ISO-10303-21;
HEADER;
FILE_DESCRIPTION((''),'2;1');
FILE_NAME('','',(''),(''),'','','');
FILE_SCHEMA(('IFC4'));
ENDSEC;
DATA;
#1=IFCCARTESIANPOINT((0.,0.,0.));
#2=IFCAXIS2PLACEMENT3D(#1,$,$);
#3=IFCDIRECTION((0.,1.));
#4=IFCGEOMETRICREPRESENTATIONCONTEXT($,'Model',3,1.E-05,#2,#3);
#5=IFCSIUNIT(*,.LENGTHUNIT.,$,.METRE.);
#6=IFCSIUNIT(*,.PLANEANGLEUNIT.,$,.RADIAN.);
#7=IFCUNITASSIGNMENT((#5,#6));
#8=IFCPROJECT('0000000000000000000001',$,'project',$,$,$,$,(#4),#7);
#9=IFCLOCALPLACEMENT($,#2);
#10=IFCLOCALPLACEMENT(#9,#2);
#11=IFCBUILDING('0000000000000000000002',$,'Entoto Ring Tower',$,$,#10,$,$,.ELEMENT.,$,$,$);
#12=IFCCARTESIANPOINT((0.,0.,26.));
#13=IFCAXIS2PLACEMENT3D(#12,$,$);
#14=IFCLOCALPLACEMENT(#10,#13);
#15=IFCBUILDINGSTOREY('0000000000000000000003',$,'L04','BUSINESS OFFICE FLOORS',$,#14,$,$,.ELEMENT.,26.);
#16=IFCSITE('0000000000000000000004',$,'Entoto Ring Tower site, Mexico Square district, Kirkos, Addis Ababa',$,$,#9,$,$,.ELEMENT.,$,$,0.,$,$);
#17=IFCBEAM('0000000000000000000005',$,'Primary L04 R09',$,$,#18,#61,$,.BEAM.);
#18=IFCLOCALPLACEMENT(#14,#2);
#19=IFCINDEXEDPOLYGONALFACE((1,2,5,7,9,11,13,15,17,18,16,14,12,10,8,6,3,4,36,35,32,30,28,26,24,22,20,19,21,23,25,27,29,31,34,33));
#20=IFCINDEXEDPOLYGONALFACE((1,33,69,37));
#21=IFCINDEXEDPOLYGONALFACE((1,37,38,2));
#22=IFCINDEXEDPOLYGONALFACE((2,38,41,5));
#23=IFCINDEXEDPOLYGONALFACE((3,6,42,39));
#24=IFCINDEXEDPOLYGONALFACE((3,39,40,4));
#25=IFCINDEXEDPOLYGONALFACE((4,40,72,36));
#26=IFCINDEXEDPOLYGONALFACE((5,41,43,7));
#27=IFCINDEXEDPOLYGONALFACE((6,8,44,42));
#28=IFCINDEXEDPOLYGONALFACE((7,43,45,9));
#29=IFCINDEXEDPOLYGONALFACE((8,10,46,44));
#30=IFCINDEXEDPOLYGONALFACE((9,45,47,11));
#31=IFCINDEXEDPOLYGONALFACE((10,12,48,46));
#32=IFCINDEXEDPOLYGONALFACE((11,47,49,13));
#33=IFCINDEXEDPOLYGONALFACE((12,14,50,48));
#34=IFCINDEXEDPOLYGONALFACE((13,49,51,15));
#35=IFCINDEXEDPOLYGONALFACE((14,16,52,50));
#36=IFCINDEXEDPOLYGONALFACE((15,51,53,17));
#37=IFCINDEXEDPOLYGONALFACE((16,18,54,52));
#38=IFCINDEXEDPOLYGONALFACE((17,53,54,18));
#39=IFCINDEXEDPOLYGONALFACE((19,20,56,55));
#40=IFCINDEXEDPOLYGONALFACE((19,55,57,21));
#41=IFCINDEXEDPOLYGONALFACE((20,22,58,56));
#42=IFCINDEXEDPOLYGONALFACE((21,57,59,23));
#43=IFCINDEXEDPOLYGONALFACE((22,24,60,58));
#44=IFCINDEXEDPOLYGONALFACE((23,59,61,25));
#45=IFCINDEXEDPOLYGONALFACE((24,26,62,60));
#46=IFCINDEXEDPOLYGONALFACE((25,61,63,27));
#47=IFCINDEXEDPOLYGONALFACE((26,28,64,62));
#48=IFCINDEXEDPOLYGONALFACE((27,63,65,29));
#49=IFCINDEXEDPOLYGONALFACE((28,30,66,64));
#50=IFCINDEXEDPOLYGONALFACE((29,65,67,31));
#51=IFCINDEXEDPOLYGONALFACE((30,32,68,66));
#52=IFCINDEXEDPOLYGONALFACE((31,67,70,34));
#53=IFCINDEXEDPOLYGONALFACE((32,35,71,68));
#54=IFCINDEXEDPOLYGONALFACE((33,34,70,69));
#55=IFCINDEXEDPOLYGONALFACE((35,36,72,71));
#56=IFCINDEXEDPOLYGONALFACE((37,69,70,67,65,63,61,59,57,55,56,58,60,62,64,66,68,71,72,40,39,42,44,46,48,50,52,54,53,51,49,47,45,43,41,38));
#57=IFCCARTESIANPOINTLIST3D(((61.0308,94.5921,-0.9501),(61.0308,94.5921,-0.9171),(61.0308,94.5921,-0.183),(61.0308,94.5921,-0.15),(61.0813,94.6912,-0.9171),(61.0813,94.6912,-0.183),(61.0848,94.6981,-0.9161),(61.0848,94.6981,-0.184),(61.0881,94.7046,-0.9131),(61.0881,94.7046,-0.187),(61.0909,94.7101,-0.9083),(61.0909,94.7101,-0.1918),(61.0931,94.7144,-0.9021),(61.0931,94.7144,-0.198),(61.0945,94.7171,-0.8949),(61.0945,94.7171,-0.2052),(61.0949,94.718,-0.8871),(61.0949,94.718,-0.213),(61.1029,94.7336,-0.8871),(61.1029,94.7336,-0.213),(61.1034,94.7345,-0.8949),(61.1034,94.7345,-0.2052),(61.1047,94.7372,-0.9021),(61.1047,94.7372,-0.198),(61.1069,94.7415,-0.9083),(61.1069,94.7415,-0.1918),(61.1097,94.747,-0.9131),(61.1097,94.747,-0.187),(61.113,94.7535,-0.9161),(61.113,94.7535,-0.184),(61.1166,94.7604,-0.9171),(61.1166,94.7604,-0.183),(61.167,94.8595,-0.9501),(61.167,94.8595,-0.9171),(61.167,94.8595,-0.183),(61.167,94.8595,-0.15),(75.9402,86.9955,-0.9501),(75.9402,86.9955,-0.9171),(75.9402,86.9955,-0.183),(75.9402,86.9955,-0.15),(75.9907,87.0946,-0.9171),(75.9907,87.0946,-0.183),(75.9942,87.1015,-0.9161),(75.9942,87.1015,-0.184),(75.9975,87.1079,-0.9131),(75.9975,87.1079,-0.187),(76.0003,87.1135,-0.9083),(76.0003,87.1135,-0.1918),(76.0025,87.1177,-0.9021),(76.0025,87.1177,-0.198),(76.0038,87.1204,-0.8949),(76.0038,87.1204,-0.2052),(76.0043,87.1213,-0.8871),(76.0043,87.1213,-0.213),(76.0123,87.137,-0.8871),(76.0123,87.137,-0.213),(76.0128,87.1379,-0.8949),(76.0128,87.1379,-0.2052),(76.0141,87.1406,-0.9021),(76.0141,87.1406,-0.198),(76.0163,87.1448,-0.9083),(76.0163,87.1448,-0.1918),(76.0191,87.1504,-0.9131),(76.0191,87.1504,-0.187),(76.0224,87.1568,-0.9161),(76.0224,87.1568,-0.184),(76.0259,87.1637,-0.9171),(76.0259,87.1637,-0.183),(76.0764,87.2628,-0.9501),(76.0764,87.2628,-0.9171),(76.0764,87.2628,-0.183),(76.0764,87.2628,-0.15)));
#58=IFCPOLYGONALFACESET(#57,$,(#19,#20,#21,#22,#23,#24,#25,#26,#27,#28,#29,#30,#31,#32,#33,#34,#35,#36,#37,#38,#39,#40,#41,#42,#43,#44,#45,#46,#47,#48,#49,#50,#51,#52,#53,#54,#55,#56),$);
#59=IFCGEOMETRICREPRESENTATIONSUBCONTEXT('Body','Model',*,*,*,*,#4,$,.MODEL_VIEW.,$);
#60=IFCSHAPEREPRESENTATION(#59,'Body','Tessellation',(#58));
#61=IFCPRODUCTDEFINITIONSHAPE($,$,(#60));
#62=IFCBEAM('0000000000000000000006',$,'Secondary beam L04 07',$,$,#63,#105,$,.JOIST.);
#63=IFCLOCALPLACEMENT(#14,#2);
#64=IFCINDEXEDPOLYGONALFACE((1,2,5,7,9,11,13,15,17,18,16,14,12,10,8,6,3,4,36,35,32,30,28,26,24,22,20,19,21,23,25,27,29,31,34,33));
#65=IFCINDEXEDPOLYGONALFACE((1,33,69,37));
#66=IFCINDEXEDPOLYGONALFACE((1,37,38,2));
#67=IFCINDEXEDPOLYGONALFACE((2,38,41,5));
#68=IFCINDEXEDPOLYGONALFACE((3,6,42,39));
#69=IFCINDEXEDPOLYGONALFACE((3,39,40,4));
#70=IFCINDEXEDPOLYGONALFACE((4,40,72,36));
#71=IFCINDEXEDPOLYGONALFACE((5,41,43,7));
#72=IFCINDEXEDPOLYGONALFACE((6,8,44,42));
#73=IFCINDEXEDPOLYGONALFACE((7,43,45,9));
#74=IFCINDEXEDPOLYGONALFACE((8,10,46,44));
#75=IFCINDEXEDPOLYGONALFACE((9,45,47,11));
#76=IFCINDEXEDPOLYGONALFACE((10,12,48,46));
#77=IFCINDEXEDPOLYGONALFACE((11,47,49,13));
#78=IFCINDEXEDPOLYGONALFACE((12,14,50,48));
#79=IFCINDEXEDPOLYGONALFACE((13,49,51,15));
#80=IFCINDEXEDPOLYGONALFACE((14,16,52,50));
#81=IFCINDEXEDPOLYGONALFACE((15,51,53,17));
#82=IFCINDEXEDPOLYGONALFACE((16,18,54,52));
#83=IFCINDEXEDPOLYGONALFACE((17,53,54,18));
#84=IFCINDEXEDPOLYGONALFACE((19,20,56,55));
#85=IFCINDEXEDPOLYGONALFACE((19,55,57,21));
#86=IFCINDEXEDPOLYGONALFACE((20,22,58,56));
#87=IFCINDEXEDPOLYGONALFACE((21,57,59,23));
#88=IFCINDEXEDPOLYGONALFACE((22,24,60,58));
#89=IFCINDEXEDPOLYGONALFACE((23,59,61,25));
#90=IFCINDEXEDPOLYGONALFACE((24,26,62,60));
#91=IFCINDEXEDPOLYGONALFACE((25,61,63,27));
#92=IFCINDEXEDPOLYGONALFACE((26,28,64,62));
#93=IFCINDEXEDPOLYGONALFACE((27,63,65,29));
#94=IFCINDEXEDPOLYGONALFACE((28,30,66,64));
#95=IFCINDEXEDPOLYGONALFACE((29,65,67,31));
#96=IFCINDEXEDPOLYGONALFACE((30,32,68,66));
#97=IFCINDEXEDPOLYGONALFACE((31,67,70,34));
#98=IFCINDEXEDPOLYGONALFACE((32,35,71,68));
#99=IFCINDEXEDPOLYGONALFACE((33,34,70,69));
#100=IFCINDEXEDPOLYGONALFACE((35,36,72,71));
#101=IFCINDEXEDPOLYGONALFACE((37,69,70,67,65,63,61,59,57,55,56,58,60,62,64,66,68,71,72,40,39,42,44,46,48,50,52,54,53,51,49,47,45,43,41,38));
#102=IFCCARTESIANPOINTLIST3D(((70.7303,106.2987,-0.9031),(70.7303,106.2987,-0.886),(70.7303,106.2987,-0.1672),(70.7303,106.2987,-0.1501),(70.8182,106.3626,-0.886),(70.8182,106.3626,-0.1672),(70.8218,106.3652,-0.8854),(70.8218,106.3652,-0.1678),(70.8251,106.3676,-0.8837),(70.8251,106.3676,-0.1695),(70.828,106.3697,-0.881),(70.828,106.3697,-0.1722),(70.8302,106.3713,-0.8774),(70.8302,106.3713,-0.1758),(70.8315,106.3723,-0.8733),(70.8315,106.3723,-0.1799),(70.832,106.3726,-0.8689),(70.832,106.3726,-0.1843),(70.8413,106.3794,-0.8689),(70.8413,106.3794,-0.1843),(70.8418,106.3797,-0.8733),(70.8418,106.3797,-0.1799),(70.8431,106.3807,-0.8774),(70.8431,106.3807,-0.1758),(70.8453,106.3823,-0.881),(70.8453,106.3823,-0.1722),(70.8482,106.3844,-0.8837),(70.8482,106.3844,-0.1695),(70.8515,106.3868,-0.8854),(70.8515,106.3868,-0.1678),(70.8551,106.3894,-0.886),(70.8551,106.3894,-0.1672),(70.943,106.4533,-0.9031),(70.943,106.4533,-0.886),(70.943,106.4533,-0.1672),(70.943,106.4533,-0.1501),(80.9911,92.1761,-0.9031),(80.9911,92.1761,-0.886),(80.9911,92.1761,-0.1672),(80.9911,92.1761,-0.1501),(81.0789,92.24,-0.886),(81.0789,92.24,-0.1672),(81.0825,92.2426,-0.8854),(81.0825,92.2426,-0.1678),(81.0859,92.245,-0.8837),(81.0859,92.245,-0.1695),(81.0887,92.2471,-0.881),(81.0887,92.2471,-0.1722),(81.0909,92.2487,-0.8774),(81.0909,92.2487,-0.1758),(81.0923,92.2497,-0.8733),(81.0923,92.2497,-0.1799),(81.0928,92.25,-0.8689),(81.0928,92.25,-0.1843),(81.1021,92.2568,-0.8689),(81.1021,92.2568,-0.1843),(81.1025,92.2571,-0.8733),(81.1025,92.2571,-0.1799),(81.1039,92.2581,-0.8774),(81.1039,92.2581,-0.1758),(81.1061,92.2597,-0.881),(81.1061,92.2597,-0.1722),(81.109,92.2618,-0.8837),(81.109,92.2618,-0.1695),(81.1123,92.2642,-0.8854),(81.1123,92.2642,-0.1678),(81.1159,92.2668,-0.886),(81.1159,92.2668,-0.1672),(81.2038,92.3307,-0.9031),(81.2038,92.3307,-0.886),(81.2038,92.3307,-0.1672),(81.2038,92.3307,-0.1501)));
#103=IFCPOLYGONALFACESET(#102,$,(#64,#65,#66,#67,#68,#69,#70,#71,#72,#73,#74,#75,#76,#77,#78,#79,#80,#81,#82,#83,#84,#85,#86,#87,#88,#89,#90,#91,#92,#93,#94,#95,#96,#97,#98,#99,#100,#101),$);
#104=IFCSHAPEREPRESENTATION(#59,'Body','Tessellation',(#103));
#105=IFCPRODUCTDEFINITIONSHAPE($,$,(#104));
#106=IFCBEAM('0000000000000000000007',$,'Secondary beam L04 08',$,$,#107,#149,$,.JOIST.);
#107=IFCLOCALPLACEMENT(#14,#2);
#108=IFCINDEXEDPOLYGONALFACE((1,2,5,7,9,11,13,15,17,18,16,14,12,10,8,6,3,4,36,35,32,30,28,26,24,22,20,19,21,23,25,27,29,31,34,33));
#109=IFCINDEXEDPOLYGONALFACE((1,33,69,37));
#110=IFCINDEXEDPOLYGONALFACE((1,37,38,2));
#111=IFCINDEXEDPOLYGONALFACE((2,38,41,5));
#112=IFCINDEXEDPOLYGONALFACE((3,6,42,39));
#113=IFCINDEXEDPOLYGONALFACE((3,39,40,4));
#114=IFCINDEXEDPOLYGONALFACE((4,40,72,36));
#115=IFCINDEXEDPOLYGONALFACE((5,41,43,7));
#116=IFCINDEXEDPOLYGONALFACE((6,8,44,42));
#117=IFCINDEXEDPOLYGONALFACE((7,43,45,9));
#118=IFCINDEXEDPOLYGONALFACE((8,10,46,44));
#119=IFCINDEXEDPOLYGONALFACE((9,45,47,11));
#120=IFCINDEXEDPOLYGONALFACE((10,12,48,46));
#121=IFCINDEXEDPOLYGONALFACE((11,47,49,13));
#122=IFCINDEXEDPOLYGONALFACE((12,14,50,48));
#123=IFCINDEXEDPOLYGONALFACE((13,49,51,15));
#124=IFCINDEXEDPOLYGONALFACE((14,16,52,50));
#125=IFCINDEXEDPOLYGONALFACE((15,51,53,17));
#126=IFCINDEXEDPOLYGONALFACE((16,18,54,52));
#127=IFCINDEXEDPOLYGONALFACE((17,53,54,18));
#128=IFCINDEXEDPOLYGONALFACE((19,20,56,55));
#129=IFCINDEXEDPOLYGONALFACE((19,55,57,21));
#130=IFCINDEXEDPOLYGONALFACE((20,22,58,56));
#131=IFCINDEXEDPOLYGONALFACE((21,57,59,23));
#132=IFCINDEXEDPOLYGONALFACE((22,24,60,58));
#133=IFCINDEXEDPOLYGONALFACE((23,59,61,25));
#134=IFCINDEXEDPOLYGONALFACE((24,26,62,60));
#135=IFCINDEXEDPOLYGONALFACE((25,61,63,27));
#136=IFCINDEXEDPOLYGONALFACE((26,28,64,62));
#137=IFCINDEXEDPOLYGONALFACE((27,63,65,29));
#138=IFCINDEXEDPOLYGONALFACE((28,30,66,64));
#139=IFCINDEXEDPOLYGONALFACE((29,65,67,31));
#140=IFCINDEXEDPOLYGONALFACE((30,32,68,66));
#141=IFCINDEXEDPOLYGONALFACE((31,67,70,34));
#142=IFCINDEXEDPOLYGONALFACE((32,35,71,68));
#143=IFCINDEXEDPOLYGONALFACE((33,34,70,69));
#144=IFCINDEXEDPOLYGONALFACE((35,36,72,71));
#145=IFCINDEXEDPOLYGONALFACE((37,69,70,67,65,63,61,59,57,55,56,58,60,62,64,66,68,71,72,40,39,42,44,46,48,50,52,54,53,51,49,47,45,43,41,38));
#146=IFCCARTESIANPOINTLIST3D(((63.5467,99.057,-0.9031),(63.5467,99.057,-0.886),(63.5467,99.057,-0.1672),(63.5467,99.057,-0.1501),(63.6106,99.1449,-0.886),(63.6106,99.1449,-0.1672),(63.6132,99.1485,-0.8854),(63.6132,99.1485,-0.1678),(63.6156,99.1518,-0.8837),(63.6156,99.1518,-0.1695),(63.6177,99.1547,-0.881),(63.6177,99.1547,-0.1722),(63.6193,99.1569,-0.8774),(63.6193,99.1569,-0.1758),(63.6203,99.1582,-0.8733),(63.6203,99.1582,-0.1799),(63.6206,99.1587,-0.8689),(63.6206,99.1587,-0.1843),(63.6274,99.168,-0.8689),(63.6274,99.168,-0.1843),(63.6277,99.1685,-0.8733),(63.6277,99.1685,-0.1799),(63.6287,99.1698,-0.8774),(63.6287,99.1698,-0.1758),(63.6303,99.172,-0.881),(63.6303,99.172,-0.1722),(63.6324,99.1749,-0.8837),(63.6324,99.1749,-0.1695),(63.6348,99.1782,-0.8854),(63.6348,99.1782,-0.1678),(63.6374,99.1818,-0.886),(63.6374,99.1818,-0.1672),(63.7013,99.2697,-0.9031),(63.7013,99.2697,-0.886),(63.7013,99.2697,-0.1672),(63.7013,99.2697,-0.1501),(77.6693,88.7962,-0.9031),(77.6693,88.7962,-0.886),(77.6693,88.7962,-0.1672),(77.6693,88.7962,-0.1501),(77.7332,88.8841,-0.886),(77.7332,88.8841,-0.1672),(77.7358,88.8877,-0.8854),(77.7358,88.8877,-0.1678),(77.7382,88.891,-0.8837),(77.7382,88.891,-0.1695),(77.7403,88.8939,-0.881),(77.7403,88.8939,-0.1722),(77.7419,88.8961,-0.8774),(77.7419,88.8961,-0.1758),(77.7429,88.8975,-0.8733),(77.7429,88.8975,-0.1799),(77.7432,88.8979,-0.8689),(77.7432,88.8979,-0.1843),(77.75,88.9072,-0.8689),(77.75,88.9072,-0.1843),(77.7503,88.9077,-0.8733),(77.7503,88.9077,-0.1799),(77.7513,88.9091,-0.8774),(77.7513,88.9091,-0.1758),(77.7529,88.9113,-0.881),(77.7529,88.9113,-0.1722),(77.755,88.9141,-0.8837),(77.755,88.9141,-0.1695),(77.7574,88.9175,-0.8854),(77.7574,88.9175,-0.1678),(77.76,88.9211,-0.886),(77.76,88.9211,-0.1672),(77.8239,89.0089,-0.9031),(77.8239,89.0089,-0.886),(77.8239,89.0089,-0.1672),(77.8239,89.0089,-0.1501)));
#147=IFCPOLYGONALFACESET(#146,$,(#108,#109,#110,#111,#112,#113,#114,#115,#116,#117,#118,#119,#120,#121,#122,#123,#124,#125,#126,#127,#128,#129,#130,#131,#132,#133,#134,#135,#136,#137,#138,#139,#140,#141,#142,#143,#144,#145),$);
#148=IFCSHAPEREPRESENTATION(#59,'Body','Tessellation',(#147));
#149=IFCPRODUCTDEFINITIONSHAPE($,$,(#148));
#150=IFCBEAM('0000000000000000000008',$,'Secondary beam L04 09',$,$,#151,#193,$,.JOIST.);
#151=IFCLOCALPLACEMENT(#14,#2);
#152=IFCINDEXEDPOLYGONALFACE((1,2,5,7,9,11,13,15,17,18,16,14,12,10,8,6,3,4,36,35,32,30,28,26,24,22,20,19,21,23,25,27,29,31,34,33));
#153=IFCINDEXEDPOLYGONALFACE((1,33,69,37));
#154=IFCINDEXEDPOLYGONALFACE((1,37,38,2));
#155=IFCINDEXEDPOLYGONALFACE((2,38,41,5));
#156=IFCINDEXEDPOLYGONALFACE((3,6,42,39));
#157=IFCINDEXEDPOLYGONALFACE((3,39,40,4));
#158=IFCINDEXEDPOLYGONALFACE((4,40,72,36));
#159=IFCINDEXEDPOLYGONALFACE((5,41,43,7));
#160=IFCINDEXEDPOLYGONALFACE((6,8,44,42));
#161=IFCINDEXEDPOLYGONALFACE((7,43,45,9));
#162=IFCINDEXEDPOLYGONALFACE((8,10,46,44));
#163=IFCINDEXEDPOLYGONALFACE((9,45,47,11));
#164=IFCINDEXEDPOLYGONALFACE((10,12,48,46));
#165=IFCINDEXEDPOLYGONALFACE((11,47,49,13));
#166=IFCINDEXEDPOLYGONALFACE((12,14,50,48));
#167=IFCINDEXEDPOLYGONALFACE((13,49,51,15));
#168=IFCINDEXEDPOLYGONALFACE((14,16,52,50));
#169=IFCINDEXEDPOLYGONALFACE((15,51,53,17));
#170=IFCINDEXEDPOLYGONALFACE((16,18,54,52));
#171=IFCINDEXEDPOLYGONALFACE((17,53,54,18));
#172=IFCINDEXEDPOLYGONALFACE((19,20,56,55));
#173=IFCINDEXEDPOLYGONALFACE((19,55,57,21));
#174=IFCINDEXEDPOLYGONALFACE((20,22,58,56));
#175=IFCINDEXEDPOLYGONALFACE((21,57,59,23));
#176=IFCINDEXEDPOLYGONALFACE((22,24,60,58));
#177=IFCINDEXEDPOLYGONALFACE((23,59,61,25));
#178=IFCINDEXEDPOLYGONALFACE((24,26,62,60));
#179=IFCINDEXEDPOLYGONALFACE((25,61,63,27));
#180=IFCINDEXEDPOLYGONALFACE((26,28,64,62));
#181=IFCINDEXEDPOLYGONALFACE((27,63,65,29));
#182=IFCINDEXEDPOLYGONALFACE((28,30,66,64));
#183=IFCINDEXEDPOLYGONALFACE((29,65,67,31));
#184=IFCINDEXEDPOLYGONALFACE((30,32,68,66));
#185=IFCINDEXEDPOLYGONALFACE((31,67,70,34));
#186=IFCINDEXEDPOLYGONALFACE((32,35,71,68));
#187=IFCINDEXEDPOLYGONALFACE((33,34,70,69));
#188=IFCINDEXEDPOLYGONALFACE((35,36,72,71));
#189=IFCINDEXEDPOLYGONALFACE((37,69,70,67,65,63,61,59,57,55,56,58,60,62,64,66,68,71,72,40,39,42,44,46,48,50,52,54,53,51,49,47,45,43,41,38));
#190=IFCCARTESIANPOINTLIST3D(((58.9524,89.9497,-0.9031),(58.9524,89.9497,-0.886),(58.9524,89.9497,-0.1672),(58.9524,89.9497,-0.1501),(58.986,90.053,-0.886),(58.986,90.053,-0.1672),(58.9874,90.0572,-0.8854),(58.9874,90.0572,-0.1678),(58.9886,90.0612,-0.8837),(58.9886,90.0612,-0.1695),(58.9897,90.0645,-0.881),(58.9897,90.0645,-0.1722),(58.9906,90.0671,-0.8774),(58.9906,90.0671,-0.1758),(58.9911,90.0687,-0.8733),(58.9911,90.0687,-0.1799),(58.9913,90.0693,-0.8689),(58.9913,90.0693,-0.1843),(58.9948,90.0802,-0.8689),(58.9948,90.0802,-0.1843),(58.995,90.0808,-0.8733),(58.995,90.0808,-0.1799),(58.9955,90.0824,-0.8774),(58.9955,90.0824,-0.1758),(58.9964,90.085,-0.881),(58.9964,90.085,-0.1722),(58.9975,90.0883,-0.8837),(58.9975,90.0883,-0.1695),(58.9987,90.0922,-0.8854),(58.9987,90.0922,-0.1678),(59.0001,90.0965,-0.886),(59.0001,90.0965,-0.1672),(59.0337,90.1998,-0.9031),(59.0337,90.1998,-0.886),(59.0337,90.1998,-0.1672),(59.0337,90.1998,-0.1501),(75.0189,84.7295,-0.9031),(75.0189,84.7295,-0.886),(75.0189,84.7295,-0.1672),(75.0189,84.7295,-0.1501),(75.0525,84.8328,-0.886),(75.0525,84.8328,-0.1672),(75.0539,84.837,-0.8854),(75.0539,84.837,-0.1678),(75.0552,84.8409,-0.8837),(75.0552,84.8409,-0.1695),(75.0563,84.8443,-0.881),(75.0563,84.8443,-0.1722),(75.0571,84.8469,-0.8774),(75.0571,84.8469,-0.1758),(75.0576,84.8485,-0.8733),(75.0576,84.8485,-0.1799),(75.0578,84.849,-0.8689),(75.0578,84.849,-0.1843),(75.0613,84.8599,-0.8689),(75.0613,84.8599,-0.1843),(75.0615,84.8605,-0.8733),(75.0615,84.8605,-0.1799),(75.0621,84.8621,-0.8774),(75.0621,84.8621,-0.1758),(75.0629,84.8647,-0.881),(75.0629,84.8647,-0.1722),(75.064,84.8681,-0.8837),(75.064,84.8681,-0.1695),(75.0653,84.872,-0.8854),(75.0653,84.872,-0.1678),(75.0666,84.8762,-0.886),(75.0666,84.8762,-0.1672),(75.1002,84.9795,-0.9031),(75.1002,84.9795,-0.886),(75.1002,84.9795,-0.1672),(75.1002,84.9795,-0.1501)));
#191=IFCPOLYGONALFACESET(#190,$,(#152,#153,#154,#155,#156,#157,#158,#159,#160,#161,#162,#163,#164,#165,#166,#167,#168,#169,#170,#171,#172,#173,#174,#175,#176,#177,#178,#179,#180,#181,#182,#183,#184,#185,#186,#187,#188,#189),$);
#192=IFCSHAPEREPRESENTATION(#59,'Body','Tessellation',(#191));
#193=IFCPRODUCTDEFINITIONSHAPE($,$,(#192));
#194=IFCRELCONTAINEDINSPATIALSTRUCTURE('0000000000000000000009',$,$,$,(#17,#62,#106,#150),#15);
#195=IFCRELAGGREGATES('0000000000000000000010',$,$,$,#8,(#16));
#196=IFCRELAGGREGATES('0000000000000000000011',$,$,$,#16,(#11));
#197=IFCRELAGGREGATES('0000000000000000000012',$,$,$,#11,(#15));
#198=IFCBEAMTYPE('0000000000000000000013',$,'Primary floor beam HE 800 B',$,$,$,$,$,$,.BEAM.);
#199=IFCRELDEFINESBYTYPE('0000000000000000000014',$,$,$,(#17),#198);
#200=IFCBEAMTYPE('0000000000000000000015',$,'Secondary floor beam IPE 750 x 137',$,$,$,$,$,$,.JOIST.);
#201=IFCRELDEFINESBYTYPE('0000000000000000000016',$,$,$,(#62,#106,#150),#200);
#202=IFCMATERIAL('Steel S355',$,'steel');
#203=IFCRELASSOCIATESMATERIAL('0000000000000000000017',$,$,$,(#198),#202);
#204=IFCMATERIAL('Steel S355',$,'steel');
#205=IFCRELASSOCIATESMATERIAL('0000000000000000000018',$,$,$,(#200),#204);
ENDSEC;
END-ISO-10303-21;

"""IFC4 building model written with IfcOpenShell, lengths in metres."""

from ifc_helpers import new_model, si_unit, direction, frame, origin, origin_2d, place, context, subcontext, project, spatial, i_section, extrude, material, material_profile, profile_set, type_object, element, save


model = new_model("IFC4")

# Units and contexts
model_context = context("Model", 3, precision=1e-05, world=origin(), true_north=direction((0.0, 1.0)))
body_context = subcontext(model_context, "Body", "Model", "MODEL_VIEW")
ifc_project = project(units=[si_unit("LENGTHUNIT", "METRE"), si_unit("PLANEANGLEUNIT", "RADIAN")], contexts=[model_context])

# Site, building, storey
site_placement = place(None, origin())
site = spatial("IfcSite", under=ifc_project, at=site_placement, Name="Entoto Ring Tower site, Mexico Square district, Kirkos, Addis Ababa", CompositionType="ELEMENT", RefElevation=0.0)
building_placement = place(site_placement, origin())
building = spatial("IfcBuilding", under=site, at=building_placement, Name="Entoto Ring Tower", CompositionType="ELEMENT")
storey_placement = place(building_placement, frame((0.0, 0.0, 26.0)))
storey = spatial("IfcBuildingStorey", under=building, at=storey_placement, Name="L04", Description="BUSINESS OFFICE FLOORS", CompositionType="ELEMENT", Elevation=26.0)

# Beams
ifc_material_1 = material(Name="Steel S355", Category="steel")
ifc_material_profile_1 = material_profile(ifc_material_1, i_section(OverallWidth=0.3, OverallDepth=0.8, WebThickness=0.0176, FlangeThickness=0.033, FilletRadius=0.03, at=origin_2d()), Name="HE 800 B")
ifc_profile_set_1 = profile_set([ifc_material_profile_1], Name="Steel S355")
beam_type_1 = type_object("IfcBeamType", Name="Primary floor beam HE 800 B", PredefinedType="BEAM", material=ifc_profile_set_1)
beam_1_placement = place(storey_placement, frame((76.0083, 87.1292, -0.55), z_axis=(-0.891008, 0.453988, 0.0), x_axis=(-0.453988, -0.891008, 0.0)))
element("IfcBeam", 1, at=beam_1_placement, inside=storey, type_object=beam_type_1, Name="Primary L04 R09", PredefinedType="BEAM", context=body_context, shape_type="SweptSolid", body=[
    extrude(i_section(OverallWidth=0.3, OverallDepth=0.8, WebThickness=0.0176, FlangeThickness=0.033, FilletRadius=0.03, at=origin_2d()), origin(), (0.0, 0.0, 1.0), 16.7332),
])
ifc_material_2 = material(Name="Steel S355", Category="steel")
ifc_material_profile_2 = material_profile(ifc_material_2, i_section(OverallWidth=0.2629, OverallDepth=0.7529, WebThickness=0.0115, FlangeThickness=0.0171, FilletRadius=0.0171, at=origin_2d()), Name="IPE 750 x 137")
ifc_profile_set_2 = profile_set([ifc_material_profile_2], Name="Steel S355")
beam_type_2 = type_object("IfcBeamType", Name="Secondary floor beam IPE 750 x 137", PredefinedType="JOIST", material=ifc_profile_set_2)
for number, where, z_axis, x_axis, name in (
    (2, (81.0974, 92.2534, -0.5266), (-0.587789, 0.809014, 0.0), (-0.809014, -0.587789, 0.0), "Secondary beam L04 07"),
    (3, (77.7466, 88.9026, -0.5266), (-0.809014, 0.587789, 0.0), (-0.587789, -0.809014, 0.0), "Secondary beam L04 08"),
):
    element("IfcBeam", number, at=place(storey_placement, frame(where, z_axis=z_axis, x_axis=x_axis)), inside=storey, type_object=beam_type_2, Name=name, PredefinedType="JOIST", context=body_context, shape_type="SweptSolid", body=[
        extrude(i_section(OverallWidth=0.2629, OverallDepth=0.7529, WebThickness=0.0115, FlangeThickness=0.0171, FilletRadius=0.0171, at=origin_2d()), origin(), (0.0, 0.0, 1.0), 17.4565),
    ])
beam_2_placement = place(storey_placement, frame((75.0596, 84.8545, -0.5266), z_axis=(-0.951058, 0.309013, 0.0), x_axis=(-0.309013, -0.951058, 0.0)))
element("IfcBeam", 4, at=beam_2_placement, inside=storey, type_object=beam_type_2, Name="Secondary beam L04 09", PredefinedType="JOIST", context=body_context, shape_type="SweptSolid", body=[
    extrude(i_section(OverallWidth=0.2629, OverallDepth=0.7529, WebThickness=0.0115, FlangeThickness=0.0171, FilletRadius=0.0171, at=origin_2d()), origin(), (0.0, 0.0, 1.0), 16.8933),
])

save(model, "model.ifc")
